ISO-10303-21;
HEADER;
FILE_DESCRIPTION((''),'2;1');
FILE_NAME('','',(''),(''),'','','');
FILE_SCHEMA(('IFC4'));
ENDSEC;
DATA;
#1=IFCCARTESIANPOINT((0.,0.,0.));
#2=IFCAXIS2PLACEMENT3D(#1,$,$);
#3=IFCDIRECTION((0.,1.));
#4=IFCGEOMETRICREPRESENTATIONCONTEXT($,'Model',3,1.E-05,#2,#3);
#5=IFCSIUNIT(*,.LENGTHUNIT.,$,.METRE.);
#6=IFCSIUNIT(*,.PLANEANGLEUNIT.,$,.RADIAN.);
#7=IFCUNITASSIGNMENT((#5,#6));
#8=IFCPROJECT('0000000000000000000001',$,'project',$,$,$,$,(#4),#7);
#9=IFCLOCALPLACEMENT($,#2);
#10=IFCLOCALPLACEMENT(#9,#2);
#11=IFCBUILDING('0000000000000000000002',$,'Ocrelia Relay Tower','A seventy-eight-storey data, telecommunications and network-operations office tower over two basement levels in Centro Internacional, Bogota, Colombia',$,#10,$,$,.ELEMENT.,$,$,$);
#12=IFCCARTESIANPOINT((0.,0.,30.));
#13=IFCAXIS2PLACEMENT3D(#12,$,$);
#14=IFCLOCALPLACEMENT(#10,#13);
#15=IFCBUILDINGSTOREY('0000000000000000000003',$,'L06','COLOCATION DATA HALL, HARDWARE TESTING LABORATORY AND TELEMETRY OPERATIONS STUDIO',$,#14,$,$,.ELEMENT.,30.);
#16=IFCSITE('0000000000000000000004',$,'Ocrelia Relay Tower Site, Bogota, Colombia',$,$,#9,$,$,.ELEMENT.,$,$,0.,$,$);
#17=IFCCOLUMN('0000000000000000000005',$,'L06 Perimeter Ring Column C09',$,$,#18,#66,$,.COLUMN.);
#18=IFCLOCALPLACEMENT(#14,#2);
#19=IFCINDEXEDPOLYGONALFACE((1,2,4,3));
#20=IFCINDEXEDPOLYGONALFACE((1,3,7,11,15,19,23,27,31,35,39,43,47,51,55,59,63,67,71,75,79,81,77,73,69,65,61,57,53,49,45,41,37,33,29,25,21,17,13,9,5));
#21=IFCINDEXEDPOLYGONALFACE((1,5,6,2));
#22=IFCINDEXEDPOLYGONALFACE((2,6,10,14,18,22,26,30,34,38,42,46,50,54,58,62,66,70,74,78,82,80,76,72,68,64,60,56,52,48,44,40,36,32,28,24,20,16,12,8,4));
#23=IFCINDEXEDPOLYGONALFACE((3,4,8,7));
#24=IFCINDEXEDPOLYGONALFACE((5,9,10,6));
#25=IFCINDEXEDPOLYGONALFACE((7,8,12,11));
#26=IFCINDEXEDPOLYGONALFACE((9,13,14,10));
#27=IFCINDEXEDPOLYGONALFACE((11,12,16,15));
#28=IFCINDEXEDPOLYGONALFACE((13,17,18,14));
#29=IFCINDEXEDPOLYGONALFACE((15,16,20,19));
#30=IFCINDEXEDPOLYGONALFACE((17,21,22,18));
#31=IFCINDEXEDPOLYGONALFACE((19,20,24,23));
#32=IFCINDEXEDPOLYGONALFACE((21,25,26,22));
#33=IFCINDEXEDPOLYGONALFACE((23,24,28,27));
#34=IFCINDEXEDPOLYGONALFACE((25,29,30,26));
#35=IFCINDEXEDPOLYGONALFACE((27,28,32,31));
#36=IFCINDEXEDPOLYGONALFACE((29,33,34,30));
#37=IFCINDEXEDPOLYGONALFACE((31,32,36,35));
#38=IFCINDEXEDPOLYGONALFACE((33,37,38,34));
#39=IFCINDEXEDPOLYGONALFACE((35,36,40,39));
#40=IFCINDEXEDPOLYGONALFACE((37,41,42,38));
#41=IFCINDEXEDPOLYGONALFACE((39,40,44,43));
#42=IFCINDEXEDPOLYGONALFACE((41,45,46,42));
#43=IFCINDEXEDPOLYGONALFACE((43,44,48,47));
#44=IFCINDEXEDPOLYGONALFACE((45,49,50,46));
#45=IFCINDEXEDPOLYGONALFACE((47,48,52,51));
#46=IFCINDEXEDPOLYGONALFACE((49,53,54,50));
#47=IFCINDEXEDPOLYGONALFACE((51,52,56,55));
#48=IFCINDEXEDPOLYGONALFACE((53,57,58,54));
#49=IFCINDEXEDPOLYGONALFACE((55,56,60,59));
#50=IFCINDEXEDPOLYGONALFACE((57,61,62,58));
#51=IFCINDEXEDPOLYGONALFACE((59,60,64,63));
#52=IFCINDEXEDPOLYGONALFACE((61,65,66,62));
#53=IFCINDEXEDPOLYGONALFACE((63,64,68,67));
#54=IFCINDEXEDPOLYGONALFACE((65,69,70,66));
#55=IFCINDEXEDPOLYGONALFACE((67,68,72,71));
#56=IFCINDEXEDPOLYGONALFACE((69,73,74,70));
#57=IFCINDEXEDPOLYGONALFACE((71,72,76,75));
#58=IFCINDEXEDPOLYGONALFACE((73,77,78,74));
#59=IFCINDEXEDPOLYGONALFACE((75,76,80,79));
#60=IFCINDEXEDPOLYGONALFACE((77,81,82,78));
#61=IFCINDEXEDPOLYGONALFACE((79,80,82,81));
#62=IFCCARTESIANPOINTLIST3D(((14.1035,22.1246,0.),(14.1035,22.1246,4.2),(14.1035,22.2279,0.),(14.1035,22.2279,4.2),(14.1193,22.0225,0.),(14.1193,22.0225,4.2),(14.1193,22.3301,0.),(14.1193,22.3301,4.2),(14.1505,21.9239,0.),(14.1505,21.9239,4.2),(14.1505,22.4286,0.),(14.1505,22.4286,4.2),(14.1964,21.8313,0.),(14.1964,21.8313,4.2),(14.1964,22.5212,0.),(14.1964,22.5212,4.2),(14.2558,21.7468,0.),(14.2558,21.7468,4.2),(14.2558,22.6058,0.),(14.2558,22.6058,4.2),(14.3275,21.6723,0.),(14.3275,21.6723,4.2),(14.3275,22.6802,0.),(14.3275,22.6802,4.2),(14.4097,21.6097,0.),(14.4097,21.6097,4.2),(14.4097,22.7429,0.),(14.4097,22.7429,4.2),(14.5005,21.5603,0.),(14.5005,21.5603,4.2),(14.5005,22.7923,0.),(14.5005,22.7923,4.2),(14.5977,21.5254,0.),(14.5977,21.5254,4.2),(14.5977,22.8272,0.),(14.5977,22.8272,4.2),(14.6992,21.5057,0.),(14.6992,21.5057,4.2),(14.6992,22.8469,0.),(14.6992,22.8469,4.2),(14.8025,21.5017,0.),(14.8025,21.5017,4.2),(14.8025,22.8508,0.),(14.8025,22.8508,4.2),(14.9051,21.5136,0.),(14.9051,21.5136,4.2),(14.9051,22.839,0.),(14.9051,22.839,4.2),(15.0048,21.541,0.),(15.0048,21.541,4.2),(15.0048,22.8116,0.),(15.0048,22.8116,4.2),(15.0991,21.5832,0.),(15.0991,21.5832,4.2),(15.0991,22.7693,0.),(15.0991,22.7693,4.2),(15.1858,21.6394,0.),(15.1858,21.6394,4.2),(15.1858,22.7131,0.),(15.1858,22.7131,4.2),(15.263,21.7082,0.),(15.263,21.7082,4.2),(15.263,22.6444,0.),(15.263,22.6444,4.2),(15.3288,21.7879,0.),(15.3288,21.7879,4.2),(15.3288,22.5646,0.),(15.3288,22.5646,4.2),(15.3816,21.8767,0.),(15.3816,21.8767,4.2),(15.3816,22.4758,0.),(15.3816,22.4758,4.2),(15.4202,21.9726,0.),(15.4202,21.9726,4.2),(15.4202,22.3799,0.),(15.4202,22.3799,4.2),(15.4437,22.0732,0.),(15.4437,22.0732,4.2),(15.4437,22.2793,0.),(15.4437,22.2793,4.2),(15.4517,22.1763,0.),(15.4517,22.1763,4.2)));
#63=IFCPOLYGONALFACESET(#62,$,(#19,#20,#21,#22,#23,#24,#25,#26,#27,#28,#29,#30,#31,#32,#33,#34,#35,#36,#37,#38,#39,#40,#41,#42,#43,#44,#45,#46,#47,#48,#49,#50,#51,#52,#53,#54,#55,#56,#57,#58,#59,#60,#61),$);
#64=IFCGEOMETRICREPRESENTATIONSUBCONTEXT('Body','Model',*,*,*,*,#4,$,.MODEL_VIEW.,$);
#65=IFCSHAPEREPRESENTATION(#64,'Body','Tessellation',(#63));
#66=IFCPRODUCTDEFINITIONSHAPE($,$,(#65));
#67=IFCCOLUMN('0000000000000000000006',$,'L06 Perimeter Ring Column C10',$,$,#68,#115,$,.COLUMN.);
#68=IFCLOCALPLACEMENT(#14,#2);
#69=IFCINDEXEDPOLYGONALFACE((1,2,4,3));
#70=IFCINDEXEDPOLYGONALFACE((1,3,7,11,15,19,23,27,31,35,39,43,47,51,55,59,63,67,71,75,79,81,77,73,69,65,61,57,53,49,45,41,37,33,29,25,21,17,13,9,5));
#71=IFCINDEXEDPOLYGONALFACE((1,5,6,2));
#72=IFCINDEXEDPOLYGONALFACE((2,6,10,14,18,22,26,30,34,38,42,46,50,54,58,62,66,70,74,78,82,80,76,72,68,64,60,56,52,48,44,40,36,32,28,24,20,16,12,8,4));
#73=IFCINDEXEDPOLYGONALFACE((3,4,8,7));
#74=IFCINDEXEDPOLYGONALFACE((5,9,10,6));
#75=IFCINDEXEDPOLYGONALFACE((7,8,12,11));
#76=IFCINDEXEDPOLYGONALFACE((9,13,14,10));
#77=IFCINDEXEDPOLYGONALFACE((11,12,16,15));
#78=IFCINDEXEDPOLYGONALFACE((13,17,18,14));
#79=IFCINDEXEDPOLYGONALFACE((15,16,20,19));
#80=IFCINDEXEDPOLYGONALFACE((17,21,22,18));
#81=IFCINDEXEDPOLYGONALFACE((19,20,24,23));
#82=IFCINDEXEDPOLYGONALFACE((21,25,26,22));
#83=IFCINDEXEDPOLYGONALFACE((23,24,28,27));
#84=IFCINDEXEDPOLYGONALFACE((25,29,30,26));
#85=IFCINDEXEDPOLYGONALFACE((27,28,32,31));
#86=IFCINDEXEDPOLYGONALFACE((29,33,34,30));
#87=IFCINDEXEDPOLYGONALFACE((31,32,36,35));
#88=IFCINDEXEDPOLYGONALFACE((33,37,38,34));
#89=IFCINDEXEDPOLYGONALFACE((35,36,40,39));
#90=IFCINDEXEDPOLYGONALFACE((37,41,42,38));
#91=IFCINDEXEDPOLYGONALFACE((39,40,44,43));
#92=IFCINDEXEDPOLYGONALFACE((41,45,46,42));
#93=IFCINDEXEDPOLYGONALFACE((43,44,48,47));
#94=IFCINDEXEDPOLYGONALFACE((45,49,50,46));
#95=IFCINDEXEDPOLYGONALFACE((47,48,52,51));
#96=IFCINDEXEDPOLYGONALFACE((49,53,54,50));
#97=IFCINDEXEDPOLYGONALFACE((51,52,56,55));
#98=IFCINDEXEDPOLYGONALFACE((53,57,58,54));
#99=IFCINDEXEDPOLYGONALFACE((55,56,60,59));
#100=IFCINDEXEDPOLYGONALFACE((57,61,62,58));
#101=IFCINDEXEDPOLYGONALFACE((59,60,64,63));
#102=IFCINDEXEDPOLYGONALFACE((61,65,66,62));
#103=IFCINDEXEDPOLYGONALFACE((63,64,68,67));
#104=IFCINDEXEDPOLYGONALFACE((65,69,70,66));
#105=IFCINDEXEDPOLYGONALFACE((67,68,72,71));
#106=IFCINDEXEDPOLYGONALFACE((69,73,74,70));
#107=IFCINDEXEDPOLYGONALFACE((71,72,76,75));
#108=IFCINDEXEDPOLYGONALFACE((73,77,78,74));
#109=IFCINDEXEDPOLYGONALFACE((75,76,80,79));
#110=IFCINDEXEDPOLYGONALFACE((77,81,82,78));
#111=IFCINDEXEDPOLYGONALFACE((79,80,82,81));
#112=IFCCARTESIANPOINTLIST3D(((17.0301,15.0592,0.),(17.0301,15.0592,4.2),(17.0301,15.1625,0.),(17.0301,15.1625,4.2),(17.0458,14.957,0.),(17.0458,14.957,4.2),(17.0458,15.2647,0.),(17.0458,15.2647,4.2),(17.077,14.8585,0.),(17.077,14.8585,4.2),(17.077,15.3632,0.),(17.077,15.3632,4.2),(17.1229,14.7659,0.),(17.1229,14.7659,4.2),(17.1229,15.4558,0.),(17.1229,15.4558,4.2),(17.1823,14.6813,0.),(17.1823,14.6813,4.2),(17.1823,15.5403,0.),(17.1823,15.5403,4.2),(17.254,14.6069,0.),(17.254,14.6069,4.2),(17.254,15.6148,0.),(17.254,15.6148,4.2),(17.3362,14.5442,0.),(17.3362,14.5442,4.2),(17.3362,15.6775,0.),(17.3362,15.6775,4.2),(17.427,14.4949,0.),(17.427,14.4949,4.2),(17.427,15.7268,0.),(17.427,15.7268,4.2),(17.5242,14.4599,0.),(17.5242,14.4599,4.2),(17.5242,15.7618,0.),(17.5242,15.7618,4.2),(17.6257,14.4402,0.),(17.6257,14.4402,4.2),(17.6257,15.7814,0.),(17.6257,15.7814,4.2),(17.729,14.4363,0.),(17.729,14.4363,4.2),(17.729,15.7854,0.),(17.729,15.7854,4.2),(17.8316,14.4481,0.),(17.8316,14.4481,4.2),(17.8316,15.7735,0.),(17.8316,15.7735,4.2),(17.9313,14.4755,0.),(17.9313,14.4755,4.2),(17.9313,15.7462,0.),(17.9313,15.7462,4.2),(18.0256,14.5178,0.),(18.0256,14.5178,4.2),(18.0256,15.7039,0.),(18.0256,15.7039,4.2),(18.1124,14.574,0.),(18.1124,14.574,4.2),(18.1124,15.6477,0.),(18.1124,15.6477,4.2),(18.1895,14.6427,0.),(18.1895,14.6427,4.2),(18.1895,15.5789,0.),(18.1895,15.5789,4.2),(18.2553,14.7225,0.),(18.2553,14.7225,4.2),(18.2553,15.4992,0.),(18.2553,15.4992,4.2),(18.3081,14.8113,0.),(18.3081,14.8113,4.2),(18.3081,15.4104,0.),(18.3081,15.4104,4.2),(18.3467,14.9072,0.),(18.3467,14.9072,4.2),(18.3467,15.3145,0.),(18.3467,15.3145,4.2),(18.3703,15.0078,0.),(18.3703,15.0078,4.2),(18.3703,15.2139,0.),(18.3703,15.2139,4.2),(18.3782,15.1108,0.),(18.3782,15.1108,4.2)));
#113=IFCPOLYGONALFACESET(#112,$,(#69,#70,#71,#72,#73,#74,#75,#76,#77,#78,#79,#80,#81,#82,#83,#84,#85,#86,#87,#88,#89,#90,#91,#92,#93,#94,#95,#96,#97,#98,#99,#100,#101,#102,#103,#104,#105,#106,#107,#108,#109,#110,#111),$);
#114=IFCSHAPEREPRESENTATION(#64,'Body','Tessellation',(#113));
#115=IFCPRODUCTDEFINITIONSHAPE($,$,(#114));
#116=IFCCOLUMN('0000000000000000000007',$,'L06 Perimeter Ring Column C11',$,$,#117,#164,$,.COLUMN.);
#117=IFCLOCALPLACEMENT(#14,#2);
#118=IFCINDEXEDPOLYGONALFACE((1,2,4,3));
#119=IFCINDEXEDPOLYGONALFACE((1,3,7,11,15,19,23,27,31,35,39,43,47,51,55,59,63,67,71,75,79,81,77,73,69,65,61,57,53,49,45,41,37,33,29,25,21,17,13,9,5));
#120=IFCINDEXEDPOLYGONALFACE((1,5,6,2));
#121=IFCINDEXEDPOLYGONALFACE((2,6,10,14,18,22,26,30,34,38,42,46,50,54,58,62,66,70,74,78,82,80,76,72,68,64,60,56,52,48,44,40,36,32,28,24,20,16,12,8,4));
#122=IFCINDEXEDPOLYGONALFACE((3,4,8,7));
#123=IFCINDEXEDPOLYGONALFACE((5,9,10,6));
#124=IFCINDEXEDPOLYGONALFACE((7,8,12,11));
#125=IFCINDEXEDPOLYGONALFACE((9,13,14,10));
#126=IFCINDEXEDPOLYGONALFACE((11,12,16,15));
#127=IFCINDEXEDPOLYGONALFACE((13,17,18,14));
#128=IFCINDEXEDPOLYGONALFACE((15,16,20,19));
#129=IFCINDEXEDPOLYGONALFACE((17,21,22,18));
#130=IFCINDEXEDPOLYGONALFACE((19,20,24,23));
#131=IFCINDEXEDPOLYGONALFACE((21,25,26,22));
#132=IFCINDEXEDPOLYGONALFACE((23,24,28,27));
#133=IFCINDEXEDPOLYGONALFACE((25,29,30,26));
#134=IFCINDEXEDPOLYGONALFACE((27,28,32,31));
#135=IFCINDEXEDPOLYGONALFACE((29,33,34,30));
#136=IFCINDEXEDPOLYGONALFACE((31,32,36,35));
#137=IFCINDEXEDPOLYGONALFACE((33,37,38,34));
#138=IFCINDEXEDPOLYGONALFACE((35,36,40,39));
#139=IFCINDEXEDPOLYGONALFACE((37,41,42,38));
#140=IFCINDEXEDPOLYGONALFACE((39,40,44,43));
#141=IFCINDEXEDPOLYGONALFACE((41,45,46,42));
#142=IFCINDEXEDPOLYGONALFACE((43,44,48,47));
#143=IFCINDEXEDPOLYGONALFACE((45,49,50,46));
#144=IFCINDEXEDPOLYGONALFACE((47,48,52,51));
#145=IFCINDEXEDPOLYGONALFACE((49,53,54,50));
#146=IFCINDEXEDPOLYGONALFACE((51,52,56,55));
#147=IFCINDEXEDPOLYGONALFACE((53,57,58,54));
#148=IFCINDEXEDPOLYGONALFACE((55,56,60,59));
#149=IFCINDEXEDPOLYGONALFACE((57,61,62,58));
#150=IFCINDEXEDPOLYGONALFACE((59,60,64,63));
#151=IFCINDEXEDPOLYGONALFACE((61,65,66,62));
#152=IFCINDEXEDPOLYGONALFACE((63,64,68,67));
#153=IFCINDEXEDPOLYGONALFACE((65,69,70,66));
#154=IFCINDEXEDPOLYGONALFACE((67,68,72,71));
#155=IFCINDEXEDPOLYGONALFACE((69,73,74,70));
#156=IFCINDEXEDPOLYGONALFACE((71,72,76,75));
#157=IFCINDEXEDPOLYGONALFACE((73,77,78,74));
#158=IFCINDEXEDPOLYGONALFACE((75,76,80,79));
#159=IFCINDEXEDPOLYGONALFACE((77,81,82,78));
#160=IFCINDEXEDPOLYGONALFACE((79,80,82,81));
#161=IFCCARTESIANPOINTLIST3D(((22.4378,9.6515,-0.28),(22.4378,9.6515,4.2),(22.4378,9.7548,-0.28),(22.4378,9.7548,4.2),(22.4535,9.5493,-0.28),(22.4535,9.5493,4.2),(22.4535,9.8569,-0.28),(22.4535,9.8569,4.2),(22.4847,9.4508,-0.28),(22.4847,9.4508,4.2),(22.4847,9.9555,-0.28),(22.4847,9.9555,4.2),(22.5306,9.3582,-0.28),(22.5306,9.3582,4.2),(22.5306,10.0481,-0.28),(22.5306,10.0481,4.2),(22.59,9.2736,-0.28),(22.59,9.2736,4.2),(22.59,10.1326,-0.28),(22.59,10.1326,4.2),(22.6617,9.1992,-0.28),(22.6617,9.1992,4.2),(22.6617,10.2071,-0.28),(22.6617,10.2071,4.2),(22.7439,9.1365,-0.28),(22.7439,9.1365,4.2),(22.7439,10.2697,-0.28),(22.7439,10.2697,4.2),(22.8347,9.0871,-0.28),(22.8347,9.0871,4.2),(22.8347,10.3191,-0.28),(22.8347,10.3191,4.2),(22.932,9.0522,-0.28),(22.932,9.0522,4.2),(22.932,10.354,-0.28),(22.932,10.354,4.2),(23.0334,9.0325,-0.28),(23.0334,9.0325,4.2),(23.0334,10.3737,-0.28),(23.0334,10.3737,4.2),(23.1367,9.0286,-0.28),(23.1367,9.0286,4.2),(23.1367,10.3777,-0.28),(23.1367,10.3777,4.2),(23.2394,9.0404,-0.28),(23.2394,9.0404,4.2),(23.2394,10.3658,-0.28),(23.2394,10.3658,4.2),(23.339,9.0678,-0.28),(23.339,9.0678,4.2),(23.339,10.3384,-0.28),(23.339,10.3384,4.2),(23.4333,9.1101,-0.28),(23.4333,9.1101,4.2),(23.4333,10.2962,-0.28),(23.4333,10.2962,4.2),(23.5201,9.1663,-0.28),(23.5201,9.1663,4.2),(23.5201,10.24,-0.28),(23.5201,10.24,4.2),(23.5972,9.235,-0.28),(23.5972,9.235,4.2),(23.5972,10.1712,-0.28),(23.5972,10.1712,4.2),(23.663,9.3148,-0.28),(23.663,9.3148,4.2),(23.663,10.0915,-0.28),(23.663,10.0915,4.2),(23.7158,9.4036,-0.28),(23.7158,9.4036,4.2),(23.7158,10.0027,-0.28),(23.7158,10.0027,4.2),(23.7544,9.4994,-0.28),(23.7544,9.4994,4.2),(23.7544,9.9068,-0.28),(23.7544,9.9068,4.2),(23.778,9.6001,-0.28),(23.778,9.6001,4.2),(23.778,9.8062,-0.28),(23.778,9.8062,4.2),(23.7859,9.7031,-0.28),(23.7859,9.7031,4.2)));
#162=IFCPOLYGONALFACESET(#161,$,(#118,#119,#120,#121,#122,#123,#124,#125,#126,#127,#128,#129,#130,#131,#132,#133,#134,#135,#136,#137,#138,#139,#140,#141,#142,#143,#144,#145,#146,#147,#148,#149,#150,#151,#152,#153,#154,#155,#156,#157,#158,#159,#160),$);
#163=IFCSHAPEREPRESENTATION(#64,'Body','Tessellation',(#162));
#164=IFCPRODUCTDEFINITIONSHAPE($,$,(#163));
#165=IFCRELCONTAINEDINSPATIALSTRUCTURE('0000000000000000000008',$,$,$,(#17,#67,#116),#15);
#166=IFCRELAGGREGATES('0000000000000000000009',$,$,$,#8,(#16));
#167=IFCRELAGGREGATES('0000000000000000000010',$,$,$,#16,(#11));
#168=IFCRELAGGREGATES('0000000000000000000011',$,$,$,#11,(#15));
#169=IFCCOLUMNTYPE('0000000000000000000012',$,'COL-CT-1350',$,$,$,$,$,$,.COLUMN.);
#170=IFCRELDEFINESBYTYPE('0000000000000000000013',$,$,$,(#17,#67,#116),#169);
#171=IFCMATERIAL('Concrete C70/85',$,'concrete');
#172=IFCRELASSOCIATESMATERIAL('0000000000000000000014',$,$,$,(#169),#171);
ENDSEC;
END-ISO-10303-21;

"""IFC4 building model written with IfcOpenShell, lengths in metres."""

from ifc_helpers import new_model, si_unit, direction, frame, origin, origin_2d, place, context, subcontext, project, spatial, circle, extrude, material, material_profile, profile_set, type_object, element, save


model = new_model("IFC4")

# Units and contexts
model_context = context("Model", 3, precision=1e-05, world=origin(), true_north=direction((0.0, 1.0)))
body_context = subcontext(model_context, "Body", "Model", "MODEL_VIEW")
ifc_project = project(units=[si_unit("LENGTHUNIT", "METRE"), si_unit("PLANEANGLEUNIT", "RADIAN")], contexts=[model_context])

# Site, building, storey
site_placement = place(None, origin())
site = spatial("IfcSite", under=ifc_project, at=site_placement, Name="Ocrelia Relay Tower Site, Bogota, Colombia", CompositionType="ELEMENT", RefElevation=0.0)
building_placement = place(site_placement, origin())
building = spatial("IfcBuilding", under=site, at=building_placement, Name="Ocrelia Relay Tower", Description="A seventy-eight-storey data, telecommunications and network-operations office tower over two basement levels in Centro Internacional, Bogota, Colombia", CompositionType="ELEMENT")
storey_placement = place(building_placement, frame((0.0, 0.0, 30.0)))
storey = spatial("IfcBuildingStorey", under=building, at=storey_placement, Name="L06", Description="COLOCATION DATA HALL, HARDWARE TESTING LABORATORY AND TELEMETRY OPERATIONS STUDIO", CompositionType="ELEMENT", Elevation=30.0)

# Columns
ifc_material_1 = material(Name="Concrete C70/85", Category="concrete")
ifc_material_profile_1 = material_profile(ifc_material_1, circle(Radius=0.675, at=origin_2d()), Name="RC-CIR-1350")
ifc_profile_set_1 = profile_set([ifc_material_profile_1], Name="Concrete C70/85")
column_type = type_object("IfcColumnType", Name="COL-CT-1350", PredefinedType="COLUMN", material=ifc_profile_set_1)
for number, where, z_axis, x_axis, name in (
    (1, (14.7766, 22.1763, 0.0), (0.0, 0.0, 1.0), (1.0, 0.0, 0.0), "L06 Perimeter Ring Column C09"),
    (2, (17.7031, 15.1108, 0.0), (0.0, 0.0, 1.0), (1.0, 0.0, 0.0), "L06 Perimeter Ring Column C10"),
):
    element("IfcColumn", number, at=place(storey_placement, frame(where, z_axis=z_axis, x_axis=x_axis)), inside=storey, type_object=column_type, Name=name, PredefinedType="COLUMN", context=body_context, shape_type="SweptSolid", body=[
        extrude(circle(Radius=0.675, at=origin_2d()), origin(), (0.0, 0.0, 1.0), 4.2),
    ])
column_placement = place(storey_placement, frame((23.1108, 9.7031, -0.28), z_axis=(0.0, 0.0, 1.0), x_axis=(1.0, 0.0, 0.0)))
element("IfcColumn", 3, at=column_placement, inside=storey, type_object=column_type, Name="L06 Perimeter Ring Column C11", PredefinedType="COLUMN", context=body_context, shape_type="SweptSolid", body=[
    extrude(circle(Radius=0.675, at=origin_2d()), origin(), (0.0, 0.0, 1.0), 4.48),
])

save(model, "model.ifc")
